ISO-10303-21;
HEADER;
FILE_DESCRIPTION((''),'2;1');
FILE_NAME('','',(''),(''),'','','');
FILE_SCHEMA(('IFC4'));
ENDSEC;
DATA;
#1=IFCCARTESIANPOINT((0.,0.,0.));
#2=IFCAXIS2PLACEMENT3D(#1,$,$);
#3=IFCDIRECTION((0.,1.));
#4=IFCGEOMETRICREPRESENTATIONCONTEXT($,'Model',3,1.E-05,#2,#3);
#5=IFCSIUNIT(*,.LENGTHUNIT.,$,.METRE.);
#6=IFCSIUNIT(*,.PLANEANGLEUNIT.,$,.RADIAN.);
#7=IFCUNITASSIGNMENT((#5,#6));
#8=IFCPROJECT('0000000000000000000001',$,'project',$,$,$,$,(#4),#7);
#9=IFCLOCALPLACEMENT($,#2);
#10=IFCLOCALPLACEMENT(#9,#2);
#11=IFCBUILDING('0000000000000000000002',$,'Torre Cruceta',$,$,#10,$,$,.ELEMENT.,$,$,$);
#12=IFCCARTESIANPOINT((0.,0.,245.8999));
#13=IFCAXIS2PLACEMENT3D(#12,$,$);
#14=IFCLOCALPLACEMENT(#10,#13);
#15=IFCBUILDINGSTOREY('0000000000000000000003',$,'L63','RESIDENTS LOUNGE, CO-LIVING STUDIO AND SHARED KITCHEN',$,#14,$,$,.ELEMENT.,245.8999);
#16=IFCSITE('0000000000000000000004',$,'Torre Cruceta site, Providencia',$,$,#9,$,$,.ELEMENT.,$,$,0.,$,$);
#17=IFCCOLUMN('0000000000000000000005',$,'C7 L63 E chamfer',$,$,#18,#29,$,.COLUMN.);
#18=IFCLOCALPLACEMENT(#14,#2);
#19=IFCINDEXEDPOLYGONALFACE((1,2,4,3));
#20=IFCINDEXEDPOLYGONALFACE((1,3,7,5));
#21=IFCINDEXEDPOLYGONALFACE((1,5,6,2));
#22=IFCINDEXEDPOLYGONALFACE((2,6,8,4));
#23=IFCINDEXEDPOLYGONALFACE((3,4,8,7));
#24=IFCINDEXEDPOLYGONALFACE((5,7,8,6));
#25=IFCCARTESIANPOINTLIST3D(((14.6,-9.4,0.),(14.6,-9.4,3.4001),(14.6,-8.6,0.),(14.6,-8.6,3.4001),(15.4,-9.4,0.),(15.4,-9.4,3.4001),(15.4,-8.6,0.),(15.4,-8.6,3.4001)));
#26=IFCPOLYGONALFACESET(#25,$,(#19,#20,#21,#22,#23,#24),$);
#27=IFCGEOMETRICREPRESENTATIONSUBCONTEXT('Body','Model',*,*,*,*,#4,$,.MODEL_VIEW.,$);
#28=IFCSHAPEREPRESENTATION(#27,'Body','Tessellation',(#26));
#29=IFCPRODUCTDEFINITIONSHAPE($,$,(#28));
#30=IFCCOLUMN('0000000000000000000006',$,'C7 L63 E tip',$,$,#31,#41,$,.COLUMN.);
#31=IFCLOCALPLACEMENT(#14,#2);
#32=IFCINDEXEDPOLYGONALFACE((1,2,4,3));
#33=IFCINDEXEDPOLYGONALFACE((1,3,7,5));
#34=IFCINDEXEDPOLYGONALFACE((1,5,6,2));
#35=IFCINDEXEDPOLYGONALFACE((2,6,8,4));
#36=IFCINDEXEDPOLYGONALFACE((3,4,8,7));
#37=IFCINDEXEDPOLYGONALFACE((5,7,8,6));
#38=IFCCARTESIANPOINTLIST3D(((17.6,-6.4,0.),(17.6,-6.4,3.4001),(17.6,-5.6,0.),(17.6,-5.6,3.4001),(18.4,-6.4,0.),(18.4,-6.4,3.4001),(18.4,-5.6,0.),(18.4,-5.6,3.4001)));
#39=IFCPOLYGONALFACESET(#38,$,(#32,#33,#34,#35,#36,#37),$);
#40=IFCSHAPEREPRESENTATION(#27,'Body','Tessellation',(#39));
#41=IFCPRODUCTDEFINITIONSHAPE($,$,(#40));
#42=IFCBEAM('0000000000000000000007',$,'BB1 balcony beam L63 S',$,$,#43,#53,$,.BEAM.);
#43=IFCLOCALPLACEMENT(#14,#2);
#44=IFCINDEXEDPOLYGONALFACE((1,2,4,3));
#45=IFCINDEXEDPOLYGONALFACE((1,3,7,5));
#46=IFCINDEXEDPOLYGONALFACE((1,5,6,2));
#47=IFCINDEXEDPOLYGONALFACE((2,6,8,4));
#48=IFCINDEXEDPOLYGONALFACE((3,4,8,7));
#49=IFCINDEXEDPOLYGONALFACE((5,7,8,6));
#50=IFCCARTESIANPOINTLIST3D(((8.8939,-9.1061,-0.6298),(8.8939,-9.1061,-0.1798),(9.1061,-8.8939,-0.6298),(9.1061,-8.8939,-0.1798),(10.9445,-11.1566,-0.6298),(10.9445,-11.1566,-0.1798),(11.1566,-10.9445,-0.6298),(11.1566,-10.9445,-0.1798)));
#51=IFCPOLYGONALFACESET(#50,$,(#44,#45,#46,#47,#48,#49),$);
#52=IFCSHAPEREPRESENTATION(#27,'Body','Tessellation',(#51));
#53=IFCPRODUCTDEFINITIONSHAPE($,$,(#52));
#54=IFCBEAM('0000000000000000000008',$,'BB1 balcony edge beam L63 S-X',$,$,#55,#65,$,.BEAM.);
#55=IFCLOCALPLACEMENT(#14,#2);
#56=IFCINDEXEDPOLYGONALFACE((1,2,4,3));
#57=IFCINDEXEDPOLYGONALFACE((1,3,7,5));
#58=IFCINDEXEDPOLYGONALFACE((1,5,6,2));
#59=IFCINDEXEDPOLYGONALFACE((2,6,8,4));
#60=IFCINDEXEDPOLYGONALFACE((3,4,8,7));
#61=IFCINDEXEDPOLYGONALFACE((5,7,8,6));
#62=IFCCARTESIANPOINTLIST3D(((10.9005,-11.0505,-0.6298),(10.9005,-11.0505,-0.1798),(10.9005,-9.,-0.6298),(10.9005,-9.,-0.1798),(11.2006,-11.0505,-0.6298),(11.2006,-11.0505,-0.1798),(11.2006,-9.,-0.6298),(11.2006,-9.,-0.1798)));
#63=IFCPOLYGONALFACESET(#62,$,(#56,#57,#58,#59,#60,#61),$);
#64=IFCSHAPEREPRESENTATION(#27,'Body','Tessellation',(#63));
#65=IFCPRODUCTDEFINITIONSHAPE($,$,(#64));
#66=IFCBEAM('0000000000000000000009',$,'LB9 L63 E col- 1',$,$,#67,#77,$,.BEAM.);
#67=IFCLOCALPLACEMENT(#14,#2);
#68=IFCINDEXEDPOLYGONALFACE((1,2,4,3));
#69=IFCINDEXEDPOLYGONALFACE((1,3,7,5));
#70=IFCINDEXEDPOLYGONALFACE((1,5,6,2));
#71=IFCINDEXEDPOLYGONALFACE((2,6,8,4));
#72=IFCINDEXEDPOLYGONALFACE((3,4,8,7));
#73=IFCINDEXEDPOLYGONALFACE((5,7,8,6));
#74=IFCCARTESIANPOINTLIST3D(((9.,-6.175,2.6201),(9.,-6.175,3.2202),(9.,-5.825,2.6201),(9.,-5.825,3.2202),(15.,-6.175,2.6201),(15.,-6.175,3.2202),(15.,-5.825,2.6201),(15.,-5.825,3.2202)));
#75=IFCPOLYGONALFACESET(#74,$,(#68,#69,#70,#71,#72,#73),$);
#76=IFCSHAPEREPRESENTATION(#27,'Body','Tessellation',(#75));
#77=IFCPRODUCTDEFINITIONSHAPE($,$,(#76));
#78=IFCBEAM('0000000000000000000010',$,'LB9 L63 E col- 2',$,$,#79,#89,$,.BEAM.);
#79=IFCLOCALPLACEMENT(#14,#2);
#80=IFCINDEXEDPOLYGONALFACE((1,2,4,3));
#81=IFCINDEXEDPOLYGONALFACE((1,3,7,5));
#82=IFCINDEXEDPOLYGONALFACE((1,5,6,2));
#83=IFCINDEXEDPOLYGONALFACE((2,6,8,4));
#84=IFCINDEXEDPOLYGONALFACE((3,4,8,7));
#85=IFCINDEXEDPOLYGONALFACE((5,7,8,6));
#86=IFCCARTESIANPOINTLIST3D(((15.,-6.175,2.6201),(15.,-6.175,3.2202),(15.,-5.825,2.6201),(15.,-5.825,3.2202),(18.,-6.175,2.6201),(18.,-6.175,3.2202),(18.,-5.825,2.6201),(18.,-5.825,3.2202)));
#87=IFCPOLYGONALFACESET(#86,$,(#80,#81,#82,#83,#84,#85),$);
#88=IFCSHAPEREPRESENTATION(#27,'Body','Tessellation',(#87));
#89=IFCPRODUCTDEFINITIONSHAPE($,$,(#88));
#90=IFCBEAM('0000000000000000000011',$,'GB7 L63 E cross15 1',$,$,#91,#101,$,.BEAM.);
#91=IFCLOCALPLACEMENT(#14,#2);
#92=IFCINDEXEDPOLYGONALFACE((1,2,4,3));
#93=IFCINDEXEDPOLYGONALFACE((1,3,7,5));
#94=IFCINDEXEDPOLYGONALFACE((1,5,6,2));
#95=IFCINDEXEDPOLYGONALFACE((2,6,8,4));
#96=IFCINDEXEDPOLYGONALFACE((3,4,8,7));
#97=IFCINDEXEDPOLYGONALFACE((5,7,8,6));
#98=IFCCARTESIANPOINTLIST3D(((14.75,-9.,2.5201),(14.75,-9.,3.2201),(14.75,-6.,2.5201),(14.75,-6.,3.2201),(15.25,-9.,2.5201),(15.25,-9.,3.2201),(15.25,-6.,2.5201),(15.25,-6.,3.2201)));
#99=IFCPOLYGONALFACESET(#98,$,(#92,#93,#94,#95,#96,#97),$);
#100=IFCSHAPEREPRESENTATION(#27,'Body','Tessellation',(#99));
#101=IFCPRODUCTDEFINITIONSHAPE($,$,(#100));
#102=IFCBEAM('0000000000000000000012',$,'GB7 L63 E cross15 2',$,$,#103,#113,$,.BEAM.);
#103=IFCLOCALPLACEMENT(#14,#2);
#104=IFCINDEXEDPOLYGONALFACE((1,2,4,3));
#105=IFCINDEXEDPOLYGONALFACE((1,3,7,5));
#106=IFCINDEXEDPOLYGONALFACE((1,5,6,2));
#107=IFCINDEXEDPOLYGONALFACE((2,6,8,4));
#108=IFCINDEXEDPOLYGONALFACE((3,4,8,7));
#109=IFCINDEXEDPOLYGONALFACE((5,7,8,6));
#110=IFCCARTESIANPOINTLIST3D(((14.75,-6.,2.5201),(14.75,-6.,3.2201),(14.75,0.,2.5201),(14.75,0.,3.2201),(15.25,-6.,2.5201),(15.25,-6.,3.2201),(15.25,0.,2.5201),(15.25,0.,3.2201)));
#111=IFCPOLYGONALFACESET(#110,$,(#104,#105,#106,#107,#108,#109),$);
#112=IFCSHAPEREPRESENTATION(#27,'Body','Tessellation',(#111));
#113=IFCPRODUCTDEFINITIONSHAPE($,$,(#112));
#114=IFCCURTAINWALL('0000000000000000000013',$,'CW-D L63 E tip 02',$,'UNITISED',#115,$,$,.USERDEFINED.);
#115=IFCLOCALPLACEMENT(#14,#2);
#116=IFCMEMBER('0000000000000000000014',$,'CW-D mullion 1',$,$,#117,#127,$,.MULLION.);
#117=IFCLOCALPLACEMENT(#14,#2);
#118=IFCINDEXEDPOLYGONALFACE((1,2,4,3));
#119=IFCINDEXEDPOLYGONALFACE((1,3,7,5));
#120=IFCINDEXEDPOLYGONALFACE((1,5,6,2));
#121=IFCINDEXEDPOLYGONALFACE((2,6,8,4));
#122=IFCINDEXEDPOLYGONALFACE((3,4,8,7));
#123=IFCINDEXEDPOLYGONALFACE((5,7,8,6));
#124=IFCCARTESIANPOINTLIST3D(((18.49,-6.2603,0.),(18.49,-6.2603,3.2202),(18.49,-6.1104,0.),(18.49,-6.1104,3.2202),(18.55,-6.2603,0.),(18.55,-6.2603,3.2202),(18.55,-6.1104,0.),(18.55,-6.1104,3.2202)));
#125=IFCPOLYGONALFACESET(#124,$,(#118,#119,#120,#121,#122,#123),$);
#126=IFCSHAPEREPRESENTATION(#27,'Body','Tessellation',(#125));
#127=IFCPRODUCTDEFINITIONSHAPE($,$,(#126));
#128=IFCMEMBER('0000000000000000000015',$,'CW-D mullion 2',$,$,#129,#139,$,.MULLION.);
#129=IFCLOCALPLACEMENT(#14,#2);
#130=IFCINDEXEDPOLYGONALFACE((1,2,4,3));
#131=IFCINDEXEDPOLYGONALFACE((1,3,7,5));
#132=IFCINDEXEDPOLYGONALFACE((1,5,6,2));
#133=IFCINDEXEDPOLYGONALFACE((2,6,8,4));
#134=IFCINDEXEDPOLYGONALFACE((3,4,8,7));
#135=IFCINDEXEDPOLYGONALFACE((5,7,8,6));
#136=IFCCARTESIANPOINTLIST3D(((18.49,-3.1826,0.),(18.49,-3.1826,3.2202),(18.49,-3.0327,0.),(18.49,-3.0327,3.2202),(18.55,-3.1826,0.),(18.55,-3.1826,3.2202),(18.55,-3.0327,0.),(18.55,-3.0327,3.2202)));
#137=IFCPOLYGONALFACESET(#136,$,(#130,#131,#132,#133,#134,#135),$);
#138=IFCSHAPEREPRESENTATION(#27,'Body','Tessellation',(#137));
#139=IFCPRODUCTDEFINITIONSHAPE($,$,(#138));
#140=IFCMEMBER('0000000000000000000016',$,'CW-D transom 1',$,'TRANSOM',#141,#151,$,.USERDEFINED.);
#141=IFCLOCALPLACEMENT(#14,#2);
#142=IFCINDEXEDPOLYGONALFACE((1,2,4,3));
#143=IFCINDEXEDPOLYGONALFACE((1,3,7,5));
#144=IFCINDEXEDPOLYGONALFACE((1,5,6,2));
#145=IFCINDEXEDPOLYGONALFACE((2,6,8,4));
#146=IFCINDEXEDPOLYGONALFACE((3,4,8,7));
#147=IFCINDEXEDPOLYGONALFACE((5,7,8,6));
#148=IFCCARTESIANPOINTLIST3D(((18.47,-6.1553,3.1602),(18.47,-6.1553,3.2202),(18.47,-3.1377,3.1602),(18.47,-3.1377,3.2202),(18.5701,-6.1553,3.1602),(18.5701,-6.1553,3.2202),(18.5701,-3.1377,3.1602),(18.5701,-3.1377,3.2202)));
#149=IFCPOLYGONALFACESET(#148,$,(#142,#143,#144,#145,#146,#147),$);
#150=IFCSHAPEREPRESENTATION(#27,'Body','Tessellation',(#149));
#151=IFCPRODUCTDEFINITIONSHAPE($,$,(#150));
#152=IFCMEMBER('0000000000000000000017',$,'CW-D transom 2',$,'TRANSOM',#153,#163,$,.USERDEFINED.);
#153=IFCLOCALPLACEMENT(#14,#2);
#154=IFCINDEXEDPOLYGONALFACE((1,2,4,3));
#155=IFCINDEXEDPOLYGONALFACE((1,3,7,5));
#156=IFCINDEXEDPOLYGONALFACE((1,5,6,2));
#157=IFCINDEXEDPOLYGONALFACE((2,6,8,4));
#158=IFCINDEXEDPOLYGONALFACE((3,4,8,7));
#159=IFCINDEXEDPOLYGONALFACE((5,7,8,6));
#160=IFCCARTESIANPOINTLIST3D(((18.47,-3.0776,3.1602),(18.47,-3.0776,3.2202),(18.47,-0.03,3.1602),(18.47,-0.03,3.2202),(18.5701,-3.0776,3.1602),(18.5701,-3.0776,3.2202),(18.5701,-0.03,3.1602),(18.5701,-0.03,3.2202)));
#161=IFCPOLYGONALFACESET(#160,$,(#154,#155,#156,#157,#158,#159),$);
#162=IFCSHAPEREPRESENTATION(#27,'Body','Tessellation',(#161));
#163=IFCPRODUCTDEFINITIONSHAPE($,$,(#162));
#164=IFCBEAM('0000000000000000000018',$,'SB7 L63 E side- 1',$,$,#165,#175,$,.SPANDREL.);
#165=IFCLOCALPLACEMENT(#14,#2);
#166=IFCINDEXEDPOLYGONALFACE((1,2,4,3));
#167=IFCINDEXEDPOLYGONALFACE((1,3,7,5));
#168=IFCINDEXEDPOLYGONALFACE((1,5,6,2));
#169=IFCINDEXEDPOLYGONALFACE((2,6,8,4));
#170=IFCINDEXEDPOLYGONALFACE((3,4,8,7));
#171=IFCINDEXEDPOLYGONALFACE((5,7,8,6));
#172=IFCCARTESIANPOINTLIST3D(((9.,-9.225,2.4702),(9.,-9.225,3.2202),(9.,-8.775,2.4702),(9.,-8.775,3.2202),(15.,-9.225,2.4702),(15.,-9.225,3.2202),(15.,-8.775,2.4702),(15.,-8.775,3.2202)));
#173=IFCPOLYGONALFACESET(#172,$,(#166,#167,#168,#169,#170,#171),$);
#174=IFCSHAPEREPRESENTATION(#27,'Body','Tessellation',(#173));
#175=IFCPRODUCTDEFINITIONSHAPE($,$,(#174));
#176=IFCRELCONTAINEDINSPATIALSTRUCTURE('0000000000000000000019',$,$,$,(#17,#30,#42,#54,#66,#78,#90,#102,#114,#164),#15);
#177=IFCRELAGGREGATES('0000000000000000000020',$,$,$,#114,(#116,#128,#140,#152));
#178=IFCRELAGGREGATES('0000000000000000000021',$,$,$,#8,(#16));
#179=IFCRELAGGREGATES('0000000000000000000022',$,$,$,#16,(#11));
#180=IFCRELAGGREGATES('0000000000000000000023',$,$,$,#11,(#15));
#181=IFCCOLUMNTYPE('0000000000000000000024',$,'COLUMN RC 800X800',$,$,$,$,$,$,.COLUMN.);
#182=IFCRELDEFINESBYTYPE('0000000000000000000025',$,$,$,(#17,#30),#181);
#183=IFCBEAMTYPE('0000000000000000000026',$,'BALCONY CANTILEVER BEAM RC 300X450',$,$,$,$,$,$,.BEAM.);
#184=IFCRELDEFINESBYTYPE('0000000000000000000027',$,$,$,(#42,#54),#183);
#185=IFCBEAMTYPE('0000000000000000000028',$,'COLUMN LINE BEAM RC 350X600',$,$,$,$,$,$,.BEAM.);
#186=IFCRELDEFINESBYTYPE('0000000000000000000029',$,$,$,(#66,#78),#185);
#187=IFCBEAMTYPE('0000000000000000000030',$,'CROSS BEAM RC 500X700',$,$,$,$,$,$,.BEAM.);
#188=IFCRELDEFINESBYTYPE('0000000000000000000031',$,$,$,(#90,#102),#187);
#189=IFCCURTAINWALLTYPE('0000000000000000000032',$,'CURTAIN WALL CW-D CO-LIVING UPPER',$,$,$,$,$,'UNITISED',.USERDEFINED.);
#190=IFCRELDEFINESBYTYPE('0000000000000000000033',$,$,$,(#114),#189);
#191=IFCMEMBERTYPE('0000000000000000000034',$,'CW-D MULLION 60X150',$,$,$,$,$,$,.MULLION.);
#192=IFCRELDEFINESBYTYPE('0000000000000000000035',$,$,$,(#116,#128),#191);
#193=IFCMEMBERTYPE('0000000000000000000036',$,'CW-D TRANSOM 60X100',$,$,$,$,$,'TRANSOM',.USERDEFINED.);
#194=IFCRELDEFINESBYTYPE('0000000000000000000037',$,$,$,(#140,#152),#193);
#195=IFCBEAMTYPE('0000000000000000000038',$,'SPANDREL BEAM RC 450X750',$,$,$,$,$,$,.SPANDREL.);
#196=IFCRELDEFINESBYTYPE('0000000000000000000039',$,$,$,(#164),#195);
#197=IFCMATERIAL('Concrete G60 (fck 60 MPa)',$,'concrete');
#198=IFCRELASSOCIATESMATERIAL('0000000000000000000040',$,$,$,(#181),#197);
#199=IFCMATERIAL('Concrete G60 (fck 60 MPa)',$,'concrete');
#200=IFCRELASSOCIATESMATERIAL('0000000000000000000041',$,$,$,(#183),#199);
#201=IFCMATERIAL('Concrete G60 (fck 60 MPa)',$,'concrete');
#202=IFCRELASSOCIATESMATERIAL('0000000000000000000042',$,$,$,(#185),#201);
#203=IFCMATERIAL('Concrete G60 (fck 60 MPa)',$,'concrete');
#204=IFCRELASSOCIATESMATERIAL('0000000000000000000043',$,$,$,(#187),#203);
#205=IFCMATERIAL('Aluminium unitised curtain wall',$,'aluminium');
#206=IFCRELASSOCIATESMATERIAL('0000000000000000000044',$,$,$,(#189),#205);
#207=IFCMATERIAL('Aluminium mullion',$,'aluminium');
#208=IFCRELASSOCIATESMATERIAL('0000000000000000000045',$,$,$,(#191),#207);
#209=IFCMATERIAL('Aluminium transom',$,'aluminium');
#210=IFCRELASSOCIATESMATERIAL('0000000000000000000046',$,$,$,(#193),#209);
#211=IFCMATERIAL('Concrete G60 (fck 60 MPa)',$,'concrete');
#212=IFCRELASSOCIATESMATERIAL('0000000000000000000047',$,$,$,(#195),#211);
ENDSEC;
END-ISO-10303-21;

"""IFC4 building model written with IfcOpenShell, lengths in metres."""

from ifc_helpers import new_model, si_unit, direction, frame, origin, origin_2d, place, context, subcontext, project, spatial, rectangle, extrude, material, material_profile, profile_set, type_object, element, aggregate, save


model = new_model("IFC4")

# Units and contexts
model_context = context("Model", 3, precision=1e-05, world=origin(), true_north=direction((0.0, 1.0)))
body_context = subcontext(model_context, "Body", "Model", "MODEL_VIEW")
ifc_project = project(units=[si_unit("LENGTHUNIT", "METRE"), si_unit("PLANEANGLEUNIT", "RADIAN")], contexts=[model_context])

# Site, building, storey
site_placement = place(None, origin())
site = spatial("IfcSite", under=ifc_project, at=site_placement, Name="Torre Cruceta site, Providencia", CompositionType="ELEMENT", RefElevation=0.0)
building_placement = place(site_placement, origin())
building = spatial("IfcBuilding", under=site, at=building_placement, Name="Torre Cruceta", CompositionType="ELEMENT")
storey_placement = place(building_placement, frame((0.0, 0.0, 245.8999)))
storey = spatial("IfcBuildingStorey", under=building, at=storey_placement, Name="L63", Description="RESIDENTS LOUNGE, CO-LIVING STUDIO AND SHARED KITCHEN", CompositionType="ELEMENT", Elevation=245.8999)

# Columns
ifc_material_1 = material(Name="Concrete G60 (fck 60 MPa)", Category="concrete")
ifc_material_profile_1 = material_profile(ifc_material_1, rectangle(XDim=0.8, YDim=0.8, at=origin_2d()), Name="RC 800X800")
ifc_profile_set_1 = profile_set([ifc_material_profile_1], Name="Concrete G60 (fck 60 MPa)")
column_type = type_object("IfcColumnType", Name="COLUMN RC 800X800", PredefinedType="COLUMN", material=ifc_profile_set_1)
for number, where, z_axis, x_axis, name in (
    (1, (15.0, -9.0, 0.0), (0.0, 0.0, 1.0), (1.0, 0.0, 0.0), "C7 L63 E chamfer"),
    (2, (18.0, -6.0, 0.0), (0.0, 0.0, 1.0), (1.0, 0.0, 0.0), "C7 L63 E tip"),
):
    element("IfcColumn", number, at=place(storey_placement, frame(where, z_axis=z_axis, x_axis=x_axis)), inside=storey, type_object=column_type, Name=name, PredefinedType="COLUMN", context=body_context, shape_type="SweptSolid", body=[
        extrude(rectangle(XDim=0.8, YDim=0.8, at=origin_2d()), origin(), (0.0, 0.0, 1.0), 3.4001),
    ])

# Beams
ifc_material_2 = material(Name="Concrete G60 (fck 60 MPa)", Category="concrete")
ifc_material_profile_2 = material_profile(ifc_material_2, rectangle(XDim=0.3, YDim=0.45, at=origin_2d()), Name="RC 300X450")
ifc_profile_set_2 = profile_set([ifc_material_profile_2], Name="Concrete G60 (fck 60 MPa)")
beam_type_1 = type_object("IfcBeamType", Name="BALCONY CANTILEVER BEAM RC 300X450", PredefinedType="BEAM", material=ifc_profile_set_2)
beam_1_placement = place(storey_placement, frame((9.0, -9.0, -0.4048), z_axis=(0.707107, -0.707107, 0.0), x_axis=(0.707107, 0.707107, 0.0)))
element("IfcBeam", 3, at=beam_1_placement, inside=storey, type_object=beam_type_1, Name="BB1 balcony beam L63 S", PredefinedType="BEAM", context=body_context, shape_type="SweptSolid", body=[
    extrude(rectangle(XDim=0.3, YDim=0.45, at=origin_2d()), origin(), (0.0, 0.0, 1.0), 2.8999),
])
beam_2_placement = place(storey_placement, frame((11.0505, -9.0, -0.4048), z_axis=(0.0, -1.0, 0.0), x_axis=(1.0, 0.0, 0.0)))
element("IfcBeam", 4, at=beam_2_placement, inside=storey, type_object=beam_type_1, Name="BB1 balcony edge beam L63 S-X", PredefinedType="BEAM", context=body_context, shape_type="SweptSolid", body=[
    extrude(rectangle(XDim=0.3, YDim=0.45, at=origin_2d()), origin(), (0.0, 0.0, 1.0), 2.0505),
])
ifc_material_3 = material(Name="Concrete G60 (fck 60 MPa)", Category="concrete")
ifc_material_profile_3 = material_profile(ifc_material_3, rectangle(XDim=0.3501, YDim=0.6001, at=origin_2d()), Name="RC 350X600")
ifc_profile_set_3 = profile_set([ifc_material_profile_3], Name="Concrete G60 (fck 60 MPa)")
beam_type_2 = type_object("IfcBeamType", Name="COLUMN LINE BEAM RC 350X600", PredefinedType="BEAM", material=ifc_profile_set_3)
beam_3_placement = place(storey_placement, frame((9.0, -6.0, 2.9202), z_axis=(1.0, 0.0, 0.0), x_axis=(0.0, 1.0, 0.0)))
element("IfcBeam", 5, at=beam_3_placement, inside=storey, type_object=beam_type_2, Name="LB9 L63 E col- 1", PredefinedType="BEAM", context=body_context, shape_type="SweptSolid", body=[
    extrude(rectangle(XDim=0.3501, YDim=0.6001, at=origin_2d()), origin(), (0.0, 0.0, 1.0), 6.0),
])
beam_4_placement = place(storey_placement, frame((15.0, -6.0, 2.9202), z_axis=(1.0, 0.0, 0.0), x_axis=(0.0, 1.0, 0.0)))
element("IfcBeam", 6, at=beam_4_placement, inside=storey, type_object=beam_type_2, Name="LB9 L63 E col- 2", PredefinedType="BEAM", context=body_context, shape_type="SweptSolid", body=[
    extrude(rectangle(XDim=0.3501, YDim=0.6001, at=origin_2d()), origin(), (0.0, 0.0, 1.0), 3.0),
])
ifc_material_4 = material(Name="Concrete G60 (fck 60 MPa)", Category="concrete")
ifc_material_profile_4 = material_profile(ifc_material_4, rectangle(XDim=0.5, YDim=0.7, at=origin_2d()), Name="RC 500X700")
ifc_profile_set_4 = profile_set([ifc_material_profile_4], Name="Concrete G60 (fck 60 MPa)")
beam_type_3 = type_object("IfcBeamType", Name="CROSS BEAM RC 500X700", PredefinedType="BEAM", material=ifc_profile_set_4)
beam_5_placement = place(storey_placement, frame((15.0, -9.0, 2.8701), z_axis=(0.0, 1.0, 0.0), x_axis=(-1.0, 0.0, 0.0)))
element("IfcBeam", 7, at=beam_5_placement, inside=storey, type_object=beam_type_3, Name="GB7 L63 E cross15 1", PredefinedType="BEAM", context=body_context, shape_type="SweptSolid", body=[
    extrude(rectangle(XDim=0.5, YDim=0.7, at=origin_2d()), origin(), (0.0, 0.0, 1.0), 3.0),
])
beam_6_placement = place(storey_placement, frame((15.0, -6.0, 2.8701), z_axis=(0.0, 1.0, 0.0), x_axis=(-1.0, 0.0, 0.0)))
element("IfcBeam", 8, at=beam_6_placement, inside=storey, type_object=beam_type_3, Name="GB7 L63 E cross15 2", PredefinedType="BEAM", context=body_context, shape_type="SweptSolid", body=[
    extrude(rectangle(XDim=0.5, YDim=0.7, at=origin_2d()), origin(), (0.0, 0.0, 1.0), 6.0),
])

# Curtain wall, members
ifc_material_5 = material(Name="Aluminium unitised curtain wall", Category="aluminium")
curtain_wall_type = type_object("IfcCurtainWallType", Name="CURTAIN WALL CW-D CO-LIVING UPPER", ElementType="UNITISED", PredefinedType="USERDEFINED", material=ifc_material_5)
curtain_wall_placement = place(storey_placement, origin())
curtain_wall = element("IfcCurtainWall", 9, at=curtain_wall_placement, inside=storey, type_object=curtain_wall_type, Name="CW-D L63 E tip 02", ObjectType="UNITISED", PredefinedType="USERDEFINED")
ifc_material_6 = material(Name="Aluminium mullion", Category="aluminium")
ifc_material_profile_5 = material_profile(ifc_material_6, rectangle(XDim=0.0601, YDim=0.1499, at=origin_2d()), Name="AL 60X150")
ifc_profile_set_5 = profile_set([ifc_material_profile_5], Name="Aluminium mullion")
member_type_1 = type_object("IfcMemberType", Name="CW-D MULLION 60X150", PredefinedType="MULLION", material=ifc_profile_set_5)
member_1_placement = place(storey_placement, frame((18.52, -6.1853, 0.0), z_axis=(0.0, 0.0, 1.0), x_axis=(-1.0, 0.0, 0.0)))
member_1 = element("IfcMember", 10, at=member_1_placement, type_object=member_type_1, Name="CW-D mullion 1", PredefinedType="MULLION", context=body_context, shape_type="SweptSolid", body=[
    extrude(rectangle(XDim=0.0601, YDim=0.1499, at=origin_2d()), origin(), (0.0, 0.0, 1.0), 3.2202),
])
member_2_placement = place(storey_placement, frame((18.52, -3.1077, 0.0), z_axis=(0.0, 0.0, 1.0), x_axis=(-1.0, 0.0, 0.0)))
member_2 = element("IfcMember", 11, at=member_2_placement, type_object=member_type_1, Name="CW-D mullion 2", PredefinedType="MULLION", context=body_context, shape_type="SweptSolid", body=[
    extrude(rectangle(XDim=0.0601, YDim=0.1499, at=origin_2d()), origin(), (0.0, 0.0, 1.0), 3.2202),
])
ifc_material_7 = material(Name="Aluminium transom", Category="aluminium")
ifc_material_profile_6 = material_profile(ifc_material_7, rectangle(XDim=0.1001, YDim=0.0601, at=origin_2d()), Name="AL 100X60")
ifc_profile_set_6 = profile_set([ifc_material_profile_6], Name="Aluminium transom")
member_type_2 = type_object("IfcMemberType", Name="CW-D TRANSOM 60X100", ElementType="TRANSOM", PredefinedType="USERDEFINED", material=ifc_profile_set_6)
member_3_placement = place(storey_placement, frame((18.52, -6.1553, 3.1902), z_axis=(0.0, 1.0, 0.0), x_axis=(-1.0, 0.0, 0.0)))
member_3 = element("IfcMember", 12, at=member_3_placement, type_object=member_type_2, Name="CW-D transom 1", ObjectType="TRANSOM", PredefinedType="USERDEFINED", context=body_context, shape_type="SweptSolid", body=[
    extrude(rectangle(XDim=0.1001, YDim=0.0601, at=origin_2d()), origin(), (0.0, 0.0, 1.0), 3.0176),
])
member_4_placement = place(storey_placement, frame((18.52, -3.0776, 3.1902), z_axis=(0.0, 1.0, 0.0), x_axis=(-1.0, 0.0, 0.0)))
member_4 = element("IfcMember", 13, at=member_4_placement, type_object=member_type_2, Name="CW-D transom 2", ObjectType="TRANSOM", PredefinedType="USERDEFINED", context=body_context, shape_type="SweptSolid", body=[
    extrude(rectangle(XDim=0.1001, YDim=0.0601, at=origin_2d()), origin(), (0.0, 0.0, 1.0), 3.0476),
])

# Beam
ifc_material_8 = material(Name="Concrete G60 (fck 60 MPa)", Category="concrete")
ifc_material_profile_7 = material_profile(ifc_material_8, rectangle(XDim=0.45, YDim=0.75, at=origin_2d()), Name="RC 450X750")
ifc_profile_set_7 = profile_set([ifc_material_profile_7], Name="Concrete G60 (fck 60 MPa)")
beam_type_4 = type_object("IfcBeamType", Name="SPANDREL BEAM RC 450X750", PredefinedType="SPANDREL", material=ifc_profile_set_7)
beam_7_placement = place(storey_placement, frame((9.0, -9.0, 2.8452), z_axis=(1.0, 0.0, 0.0), x_axis=(0.0, 1.0, 0.0)))
element("IfcBeam", 14, at=beam_7_placement, inside=storey, type_object=beam_type_4, Name="SB7 L63 E side- 1", PredefinedType="SPANDREL", context=body_context, shape_type="SweptSolid", body=[
    extrude(rectangle(XDim=0.45, YDim=0.75, at=origin_2d()), origin(), (0.0, 0.0, 1.0), 6.0),
])

aggregate(curtain_wall, [member_1, member_2, member_3, member_4])

save(model, "model.ifc")
